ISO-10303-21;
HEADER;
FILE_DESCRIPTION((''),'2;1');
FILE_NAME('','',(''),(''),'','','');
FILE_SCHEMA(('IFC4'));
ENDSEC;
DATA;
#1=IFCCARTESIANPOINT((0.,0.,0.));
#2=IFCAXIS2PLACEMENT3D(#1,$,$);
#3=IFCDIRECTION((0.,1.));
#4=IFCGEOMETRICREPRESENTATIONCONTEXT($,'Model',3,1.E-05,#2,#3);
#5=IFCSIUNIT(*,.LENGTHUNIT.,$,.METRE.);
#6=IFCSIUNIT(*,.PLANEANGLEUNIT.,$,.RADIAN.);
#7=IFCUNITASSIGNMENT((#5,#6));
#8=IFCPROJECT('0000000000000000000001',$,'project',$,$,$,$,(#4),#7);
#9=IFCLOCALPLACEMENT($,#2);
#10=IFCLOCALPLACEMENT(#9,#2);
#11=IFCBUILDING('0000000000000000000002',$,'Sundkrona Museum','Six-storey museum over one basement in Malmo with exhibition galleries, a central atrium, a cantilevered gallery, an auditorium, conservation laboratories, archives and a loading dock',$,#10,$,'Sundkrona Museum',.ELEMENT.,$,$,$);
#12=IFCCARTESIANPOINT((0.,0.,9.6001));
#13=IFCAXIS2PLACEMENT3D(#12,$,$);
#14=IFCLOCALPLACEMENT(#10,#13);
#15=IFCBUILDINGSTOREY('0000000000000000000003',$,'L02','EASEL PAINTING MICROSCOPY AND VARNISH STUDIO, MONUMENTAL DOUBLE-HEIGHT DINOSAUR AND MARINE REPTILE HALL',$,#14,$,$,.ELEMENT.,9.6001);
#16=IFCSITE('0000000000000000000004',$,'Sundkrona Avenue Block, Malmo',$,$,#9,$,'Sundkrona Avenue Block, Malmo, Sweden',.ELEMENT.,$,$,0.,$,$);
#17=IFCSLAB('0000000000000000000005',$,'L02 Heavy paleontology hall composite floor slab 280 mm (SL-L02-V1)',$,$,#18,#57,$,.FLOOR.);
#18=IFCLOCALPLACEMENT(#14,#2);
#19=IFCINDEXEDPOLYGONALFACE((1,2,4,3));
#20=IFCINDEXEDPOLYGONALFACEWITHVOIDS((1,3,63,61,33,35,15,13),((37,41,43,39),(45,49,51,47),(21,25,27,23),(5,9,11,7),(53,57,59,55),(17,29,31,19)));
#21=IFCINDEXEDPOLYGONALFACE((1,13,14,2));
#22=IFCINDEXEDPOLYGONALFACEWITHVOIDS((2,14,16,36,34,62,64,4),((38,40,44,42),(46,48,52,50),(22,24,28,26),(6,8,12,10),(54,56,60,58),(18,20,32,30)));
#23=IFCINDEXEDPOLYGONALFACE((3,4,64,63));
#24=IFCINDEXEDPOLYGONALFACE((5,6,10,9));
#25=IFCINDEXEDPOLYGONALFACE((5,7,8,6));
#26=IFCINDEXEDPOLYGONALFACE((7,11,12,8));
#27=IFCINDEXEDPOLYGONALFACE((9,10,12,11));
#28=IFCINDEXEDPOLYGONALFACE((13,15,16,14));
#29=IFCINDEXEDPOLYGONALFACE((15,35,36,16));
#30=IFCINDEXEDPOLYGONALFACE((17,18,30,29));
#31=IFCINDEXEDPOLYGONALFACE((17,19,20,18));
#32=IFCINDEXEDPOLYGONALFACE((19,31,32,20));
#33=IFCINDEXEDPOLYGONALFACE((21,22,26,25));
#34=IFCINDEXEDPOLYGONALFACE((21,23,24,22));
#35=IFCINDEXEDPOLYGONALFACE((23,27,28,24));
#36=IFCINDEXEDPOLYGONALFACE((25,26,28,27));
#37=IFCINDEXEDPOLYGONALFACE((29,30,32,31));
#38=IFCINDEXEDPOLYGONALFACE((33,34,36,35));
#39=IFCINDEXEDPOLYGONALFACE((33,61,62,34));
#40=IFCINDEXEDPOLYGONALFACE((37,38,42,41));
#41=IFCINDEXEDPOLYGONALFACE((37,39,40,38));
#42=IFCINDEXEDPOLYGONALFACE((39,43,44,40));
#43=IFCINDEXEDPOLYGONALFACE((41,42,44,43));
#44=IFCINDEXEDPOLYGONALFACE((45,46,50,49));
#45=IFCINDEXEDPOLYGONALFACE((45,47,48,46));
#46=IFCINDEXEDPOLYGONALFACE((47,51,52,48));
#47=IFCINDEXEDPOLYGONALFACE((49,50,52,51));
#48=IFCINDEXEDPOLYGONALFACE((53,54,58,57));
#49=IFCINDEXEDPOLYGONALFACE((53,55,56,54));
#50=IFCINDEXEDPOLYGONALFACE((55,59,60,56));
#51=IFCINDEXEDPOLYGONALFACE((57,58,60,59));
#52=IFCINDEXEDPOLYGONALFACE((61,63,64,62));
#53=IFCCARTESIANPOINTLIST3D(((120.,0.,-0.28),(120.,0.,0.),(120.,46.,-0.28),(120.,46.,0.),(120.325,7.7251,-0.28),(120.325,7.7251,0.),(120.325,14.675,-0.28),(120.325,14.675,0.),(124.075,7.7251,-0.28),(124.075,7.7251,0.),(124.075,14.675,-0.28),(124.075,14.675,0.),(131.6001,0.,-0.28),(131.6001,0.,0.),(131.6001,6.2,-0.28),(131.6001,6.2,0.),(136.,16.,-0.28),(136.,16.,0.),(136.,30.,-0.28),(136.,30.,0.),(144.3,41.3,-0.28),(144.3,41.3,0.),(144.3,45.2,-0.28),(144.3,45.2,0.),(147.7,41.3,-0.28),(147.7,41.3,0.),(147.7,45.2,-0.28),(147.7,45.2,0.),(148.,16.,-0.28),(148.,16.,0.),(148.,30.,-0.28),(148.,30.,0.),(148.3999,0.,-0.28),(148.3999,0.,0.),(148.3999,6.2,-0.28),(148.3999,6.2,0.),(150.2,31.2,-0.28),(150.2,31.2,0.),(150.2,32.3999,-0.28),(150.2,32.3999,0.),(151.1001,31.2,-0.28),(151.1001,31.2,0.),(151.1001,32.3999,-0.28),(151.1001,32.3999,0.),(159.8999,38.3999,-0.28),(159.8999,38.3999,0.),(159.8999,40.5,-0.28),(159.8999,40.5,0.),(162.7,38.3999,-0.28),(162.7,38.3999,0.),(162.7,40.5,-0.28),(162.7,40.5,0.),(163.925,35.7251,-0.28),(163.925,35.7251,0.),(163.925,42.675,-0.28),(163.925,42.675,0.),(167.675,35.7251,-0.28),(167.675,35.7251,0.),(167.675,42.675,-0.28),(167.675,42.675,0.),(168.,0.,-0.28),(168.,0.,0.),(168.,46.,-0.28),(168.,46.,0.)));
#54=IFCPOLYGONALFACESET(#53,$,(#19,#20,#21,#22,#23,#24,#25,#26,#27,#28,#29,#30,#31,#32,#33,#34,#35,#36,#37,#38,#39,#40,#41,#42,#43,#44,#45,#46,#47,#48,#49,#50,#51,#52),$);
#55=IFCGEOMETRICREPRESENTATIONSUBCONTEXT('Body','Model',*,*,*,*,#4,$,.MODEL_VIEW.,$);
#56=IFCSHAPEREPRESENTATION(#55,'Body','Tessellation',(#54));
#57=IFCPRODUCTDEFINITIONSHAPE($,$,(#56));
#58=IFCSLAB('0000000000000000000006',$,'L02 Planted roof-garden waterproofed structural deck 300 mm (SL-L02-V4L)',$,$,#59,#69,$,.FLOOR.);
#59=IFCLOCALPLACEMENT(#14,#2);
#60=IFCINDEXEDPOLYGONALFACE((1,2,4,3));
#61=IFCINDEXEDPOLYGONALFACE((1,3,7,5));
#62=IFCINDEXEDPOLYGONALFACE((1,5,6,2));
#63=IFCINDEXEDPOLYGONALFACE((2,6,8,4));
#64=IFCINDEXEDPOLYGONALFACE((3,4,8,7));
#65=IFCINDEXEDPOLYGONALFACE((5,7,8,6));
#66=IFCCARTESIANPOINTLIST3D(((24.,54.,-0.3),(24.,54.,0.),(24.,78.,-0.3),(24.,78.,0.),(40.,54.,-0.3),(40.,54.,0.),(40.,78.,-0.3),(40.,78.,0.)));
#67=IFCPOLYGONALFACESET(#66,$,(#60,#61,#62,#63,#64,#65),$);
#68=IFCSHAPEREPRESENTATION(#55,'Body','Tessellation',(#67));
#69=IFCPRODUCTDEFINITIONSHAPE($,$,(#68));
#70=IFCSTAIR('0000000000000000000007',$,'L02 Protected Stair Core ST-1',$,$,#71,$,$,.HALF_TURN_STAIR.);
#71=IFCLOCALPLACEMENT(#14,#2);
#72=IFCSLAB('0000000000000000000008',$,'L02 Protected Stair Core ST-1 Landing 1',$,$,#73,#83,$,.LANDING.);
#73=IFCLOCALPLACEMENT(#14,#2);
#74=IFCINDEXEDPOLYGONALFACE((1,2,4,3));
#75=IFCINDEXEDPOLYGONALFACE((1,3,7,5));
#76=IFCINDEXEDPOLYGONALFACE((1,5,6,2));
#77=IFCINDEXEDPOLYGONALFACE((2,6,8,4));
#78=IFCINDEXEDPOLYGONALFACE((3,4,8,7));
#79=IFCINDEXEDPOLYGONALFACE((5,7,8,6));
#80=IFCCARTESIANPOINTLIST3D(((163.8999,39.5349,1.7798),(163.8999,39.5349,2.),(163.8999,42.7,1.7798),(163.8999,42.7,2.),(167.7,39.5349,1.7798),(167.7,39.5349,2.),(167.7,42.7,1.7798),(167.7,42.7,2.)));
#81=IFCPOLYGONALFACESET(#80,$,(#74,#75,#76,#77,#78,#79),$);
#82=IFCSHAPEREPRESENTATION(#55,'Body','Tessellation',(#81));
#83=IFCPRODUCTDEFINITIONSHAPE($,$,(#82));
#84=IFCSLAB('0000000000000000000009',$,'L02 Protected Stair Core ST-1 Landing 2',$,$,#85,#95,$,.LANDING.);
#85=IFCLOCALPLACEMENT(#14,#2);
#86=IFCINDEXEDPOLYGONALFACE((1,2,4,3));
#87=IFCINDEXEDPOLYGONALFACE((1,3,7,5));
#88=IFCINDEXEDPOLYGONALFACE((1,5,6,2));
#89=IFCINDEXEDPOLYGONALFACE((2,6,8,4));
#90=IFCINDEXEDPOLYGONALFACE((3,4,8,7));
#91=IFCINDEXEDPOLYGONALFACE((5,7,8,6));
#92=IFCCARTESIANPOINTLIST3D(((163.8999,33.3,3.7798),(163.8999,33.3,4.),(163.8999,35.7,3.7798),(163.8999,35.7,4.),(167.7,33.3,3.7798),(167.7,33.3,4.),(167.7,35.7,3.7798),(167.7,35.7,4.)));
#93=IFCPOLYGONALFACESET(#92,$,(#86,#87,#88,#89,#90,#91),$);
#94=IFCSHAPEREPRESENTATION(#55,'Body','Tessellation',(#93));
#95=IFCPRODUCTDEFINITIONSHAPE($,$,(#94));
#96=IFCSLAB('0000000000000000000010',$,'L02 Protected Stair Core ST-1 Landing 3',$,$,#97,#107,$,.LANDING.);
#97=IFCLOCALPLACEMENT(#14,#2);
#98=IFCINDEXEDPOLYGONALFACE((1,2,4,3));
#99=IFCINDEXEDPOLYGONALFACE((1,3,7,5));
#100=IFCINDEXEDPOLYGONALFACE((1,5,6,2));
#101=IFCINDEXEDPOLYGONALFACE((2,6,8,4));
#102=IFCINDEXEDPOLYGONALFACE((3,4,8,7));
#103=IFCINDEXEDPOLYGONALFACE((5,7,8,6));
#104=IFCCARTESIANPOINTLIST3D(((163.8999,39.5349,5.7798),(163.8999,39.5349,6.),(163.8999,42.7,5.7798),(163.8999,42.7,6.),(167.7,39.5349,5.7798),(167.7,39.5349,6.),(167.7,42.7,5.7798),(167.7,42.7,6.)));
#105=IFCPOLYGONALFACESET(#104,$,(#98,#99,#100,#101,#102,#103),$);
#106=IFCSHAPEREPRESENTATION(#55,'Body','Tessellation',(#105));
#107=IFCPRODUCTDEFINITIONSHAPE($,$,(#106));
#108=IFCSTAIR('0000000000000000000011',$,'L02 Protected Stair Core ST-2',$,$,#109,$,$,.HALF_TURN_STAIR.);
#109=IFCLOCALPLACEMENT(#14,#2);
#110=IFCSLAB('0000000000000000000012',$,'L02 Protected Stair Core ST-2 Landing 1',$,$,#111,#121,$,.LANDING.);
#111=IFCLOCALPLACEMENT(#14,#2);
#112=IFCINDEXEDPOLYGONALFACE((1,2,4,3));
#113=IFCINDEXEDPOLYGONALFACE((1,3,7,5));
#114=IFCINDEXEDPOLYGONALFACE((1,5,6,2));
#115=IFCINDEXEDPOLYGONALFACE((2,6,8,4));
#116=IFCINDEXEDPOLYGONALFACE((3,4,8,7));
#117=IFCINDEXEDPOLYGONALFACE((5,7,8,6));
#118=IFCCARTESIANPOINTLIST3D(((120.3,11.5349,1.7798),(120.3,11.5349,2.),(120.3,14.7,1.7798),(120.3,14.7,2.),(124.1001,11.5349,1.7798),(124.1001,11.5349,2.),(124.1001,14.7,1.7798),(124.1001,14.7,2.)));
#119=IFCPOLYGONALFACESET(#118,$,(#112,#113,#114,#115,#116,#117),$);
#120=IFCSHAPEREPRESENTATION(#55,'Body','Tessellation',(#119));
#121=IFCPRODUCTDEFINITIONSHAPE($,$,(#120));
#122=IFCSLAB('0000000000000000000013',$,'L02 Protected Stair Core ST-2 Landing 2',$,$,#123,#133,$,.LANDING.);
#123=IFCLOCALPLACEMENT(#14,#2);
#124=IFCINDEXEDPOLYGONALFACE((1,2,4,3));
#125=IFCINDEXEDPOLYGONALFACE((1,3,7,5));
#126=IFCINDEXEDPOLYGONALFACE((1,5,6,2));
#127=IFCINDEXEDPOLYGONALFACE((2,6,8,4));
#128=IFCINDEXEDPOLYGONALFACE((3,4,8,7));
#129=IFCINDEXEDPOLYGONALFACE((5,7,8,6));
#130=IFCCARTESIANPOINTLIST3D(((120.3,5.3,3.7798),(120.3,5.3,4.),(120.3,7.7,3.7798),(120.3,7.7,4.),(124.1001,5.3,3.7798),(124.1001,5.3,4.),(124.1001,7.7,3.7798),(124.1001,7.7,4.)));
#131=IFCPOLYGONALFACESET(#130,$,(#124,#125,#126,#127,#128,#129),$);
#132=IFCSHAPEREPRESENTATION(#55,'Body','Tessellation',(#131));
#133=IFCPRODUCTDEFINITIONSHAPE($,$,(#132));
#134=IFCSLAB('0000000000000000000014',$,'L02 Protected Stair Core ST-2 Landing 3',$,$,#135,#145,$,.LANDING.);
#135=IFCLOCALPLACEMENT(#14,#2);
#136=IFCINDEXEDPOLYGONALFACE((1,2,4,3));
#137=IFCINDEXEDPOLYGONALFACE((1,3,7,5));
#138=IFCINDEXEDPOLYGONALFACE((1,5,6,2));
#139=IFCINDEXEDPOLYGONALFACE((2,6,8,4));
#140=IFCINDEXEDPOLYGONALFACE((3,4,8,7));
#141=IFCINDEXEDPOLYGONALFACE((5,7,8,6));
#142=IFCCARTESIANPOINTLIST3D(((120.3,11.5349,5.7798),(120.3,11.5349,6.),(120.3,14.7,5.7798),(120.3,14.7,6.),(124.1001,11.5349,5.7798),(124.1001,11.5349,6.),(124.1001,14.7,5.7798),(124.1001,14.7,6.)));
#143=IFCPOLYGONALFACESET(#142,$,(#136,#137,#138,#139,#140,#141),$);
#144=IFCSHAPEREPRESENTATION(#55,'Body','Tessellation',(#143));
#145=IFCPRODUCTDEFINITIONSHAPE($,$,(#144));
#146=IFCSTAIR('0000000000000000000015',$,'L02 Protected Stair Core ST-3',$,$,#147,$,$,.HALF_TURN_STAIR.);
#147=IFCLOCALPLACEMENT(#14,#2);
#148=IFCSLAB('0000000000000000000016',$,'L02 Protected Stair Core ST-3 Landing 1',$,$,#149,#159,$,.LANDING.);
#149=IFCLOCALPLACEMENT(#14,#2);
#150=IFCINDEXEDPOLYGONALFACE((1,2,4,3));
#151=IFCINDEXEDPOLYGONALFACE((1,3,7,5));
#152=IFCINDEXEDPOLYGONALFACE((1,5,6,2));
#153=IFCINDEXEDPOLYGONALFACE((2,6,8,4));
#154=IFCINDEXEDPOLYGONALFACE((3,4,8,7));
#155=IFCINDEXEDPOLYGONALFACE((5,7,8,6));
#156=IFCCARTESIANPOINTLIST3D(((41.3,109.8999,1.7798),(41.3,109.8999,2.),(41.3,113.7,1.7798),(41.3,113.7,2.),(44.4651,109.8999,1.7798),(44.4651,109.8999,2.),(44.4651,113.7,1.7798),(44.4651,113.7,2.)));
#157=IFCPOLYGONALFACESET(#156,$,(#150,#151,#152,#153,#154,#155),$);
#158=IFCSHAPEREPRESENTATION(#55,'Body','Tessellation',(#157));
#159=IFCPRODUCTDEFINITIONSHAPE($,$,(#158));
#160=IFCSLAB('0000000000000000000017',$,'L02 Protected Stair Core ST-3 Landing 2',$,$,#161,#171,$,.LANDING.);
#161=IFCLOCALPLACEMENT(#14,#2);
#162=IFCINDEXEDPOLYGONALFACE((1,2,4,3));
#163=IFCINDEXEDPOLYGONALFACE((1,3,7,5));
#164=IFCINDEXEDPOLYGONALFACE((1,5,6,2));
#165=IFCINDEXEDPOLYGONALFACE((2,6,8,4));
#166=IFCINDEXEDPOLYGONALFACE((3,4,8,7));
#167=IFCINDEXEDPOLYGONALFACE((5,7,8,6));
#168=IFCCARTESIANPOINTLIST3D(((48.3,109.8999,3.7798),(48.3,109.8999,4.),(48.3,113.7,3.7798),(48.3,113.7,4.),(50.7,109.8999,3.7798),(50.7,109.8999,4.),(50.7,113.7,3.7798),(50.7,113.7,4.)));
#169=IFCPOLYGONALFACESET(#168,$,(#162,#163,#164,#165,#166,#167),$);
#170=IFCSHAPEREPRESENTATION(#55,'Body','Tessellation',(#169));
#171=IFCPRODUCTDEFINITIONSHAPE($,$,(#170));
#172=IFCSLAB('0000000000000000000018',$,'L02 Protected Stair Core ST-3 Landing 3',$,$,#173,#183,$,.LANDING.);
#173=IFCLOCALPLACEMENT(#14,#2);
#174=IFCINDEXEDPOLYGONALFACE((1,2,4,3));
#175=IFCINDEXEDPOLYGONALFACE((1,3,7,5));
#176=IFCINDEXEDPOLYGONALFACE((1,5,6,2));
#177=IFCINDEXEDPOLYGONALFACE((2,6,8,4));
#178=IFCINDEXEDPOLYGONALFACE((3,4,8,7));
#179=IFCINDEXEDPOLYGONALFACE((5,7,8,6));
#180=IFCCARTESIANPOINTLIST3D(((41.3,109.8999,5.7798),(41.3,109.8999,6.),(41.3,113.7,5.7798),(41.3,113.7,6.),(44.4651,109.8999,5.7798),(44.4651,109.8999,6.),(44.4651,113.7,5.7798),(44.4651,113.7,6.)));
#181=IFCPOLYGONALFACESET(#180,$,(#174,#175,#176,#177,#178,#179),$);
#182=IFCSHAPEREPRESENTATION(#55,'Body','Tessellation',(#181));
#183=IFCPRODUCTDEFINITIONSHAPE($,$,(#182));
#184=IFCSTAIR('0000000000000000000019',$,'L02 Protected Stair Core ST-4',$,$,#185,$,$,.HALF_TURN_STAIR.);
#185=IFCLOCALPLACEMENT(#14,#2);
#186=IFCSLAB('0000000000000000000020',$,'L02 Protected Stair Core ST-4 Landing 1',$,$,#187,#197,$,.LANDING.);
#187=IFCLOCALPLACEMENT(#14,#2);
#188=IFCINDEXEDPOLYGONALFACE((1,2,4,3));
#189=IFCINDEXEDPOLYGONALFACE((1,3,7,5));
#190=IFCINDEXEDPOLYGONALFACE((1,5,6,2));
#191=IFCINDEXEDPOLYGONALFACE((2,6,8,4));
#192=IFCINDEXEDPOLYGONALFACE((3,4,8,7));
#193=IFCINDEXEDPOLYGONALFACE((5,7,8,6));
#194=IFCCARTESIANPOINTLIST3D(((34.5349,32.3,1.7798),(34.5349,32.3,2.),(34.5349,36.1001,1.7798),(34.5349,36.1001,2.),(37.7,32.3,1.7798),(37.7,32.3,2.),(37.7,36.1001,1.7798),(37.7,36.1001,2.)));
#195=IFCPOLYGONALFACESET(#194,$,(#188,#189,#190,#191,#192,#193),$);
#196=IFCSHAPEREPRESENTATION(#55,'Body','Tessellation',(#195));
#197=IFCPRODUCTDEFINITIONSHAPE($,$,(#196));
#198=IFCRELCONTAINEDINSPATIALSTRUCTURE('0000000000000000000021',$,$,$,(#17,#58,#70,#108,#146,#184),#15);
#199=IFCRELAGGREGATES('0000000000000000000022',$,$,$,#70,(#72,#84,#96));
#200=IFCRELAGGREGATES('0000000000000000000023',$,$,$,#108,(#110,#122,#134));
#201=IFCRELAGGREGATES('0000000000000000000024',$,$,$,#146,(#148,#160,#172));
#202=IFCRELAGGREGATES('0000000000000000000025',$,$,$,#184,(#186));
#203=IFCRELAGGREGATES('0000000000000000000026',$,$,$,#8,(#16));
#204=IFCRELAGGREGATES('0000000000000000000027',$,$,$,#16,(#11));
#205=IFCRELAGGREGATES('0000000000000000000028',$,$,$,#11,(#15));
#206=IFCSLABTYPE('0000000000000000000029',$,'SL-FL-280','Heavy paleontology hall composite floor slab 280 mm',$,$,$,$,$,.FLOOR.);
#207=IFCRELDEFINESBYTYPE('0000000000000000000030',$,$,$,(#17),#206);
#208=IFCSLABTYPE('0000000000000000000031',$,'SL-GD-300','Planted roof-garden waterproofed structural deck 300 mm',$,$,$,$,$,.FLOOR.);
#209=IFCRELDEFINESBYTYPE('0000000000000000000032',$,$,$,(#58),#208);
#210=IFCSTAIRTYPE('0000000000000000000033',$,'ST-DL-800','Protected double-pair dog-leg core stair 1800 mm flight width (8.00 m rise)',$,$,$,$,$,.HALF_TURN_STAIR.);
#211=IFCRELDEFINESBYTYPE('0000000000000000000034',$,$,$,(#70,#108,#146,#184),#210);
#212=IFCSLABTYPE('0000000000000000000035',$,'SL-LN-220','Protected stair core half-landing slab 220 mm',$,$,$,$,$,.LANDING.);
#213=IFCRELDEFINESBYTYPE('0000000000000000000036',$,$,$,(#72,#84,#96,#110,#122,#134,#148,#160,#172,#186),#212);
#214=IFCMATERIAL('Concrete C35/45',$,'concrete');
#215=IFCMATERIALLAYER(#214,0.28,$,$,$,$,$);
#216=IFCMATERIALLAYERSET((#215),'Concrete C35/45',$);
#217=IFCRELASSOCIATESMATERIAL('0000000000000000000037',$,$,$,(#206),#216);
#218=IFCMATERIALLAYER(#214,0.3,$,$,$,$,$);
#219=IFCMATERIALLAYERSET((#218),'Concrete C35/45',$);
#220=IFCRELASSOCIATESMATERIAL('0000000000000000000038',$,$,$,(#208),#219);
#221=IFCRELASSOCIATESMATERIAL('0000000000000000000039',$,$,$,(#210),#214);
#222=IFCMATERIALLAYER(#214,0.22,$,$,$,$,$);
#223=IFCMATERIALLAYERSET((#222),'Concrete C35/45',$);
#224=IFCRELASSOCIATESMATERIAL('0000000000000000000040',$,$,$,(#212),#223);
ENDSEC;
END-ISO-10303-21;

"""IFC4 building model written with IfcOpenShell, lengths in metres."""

from ifc_helpers import new_model, si_unit, direction, frame, origin, place, context, subcontext, project, spatial, polyline, outline, extrude, material, layer, layer_set, type_object, element, aggregate, save


model = new_model("IFC4")

# Units and contexts
model_context = context("Model", 3, precision=1e-05, world=origin(), true_north=direction((0.0, 1.0)))
body_context = subcontext(model_context, "Body", "Model", "MODEL_VIEW")
ifc_project = project(units=[si_unit("LENGTHUNIT", "METRE"), si_unit("PLANEANGLEUNIT", "RADIAN")], contexts=[model_context])

# Site, building, storey
site_placement = place(None, origin())
site = spatial("IfcSite", under=ifc_project, at=site_placement, Name="Sundkrona Avenue Block, Malmo", LongName="Sundkrona Avenue Block, Malmo, Sweden", CompositionType="ELEMENT", RefElevation=0.0)
building_placement = place(site_placement, origin())
building = spatial("IfcBuilding", under=site, at=building_placement, Name="Sundkrona Museum", Description="Six-storey museum over one basement in Malmo with exhibition galleries, a central atrium, a cantilevered gallery, an auditorium, conservation laboratories, archives and a loading dock", LongName="Sundkrona Museum", CompositionType="ELEMENT")
storey_placement = place(building_placement, frame((0.0, 0.0, 9.6001)))
storey = spatial("IfcBuildingStorey", under=building, at=storey_placement, Name="L02", Description="EASEL PAINTING MICROSCOPY AND VARNISH STUDIO, MONUMENTAL DOUBLE-HEIGHT DINOSAUR AND MARINE REPTILE HALL", CompositionType="ELEMENT", Elevation=9.6001)

# Slabs
ifc_material = material(Name="Concrete C35/45", Category="concrete")
ifc_layer_1 = layer(ifc_material, 0.28)
ifc_layer_set_1 = layer_set([ifc_layer_1], Name="Concrete C35/45")
slab_type_1 = type_object("IfcSlabType", Name="SL-FL-280", Description="Heavy paleontology hall composite floor slab 280 mm", PredefinedType="FLOOR", material=ifc_layer_set_1)
slab_1_placement = place(storey_placement, frame((0.0, 0.0, -0.28)))
element("IfcSlab", 1, at=slab_1_placement, inside=storey, type_object=slab_type_1, Name="L02 Heavy paleontology hall composite floor slab 280 mm (SL-L02-V1)", PredefinedType="FLOOR", context=body_context, shape_type="SweptSolid", body=[
    extrude(outline(polyline([(120.0, 0.0), (131.6001, 0.0), (131.6001, 6.2), (148.3999, 6.2), (148.3999, 0.0), (168.0, 0.0), (168.0, 46.0), (120.0, 46.0), (120.0, 0.0)]), holes=[polyline([(167.675, 42.675), (167.675, 35.7251), (163.925, 35.7251), (163.925, 42.675), (167.675, 42.675)]), polyline([(159.8999, 40.5), (162.7, 40.5), (162.7, 38.3999), (159.8999, 38.3999), (159.8999, 40.5)]), polyline([(150.2, 32.3999), (151.1001, 32.3999), (151.1001, 31.2), (150.2, 31.2), (150.2, 32.3999)]), polyline([(136.0, 30.0), (148.0, 30.0), (148.0, 16.0), (136.0, 16.0), (136.0, 30.0)]), polyline([(144.3, 45.2), (147.7, 45.2), (147.7, 41.3), (144.3, 41.3), (144.3, 45.2)]), polyline([(124.075, 14.675), (124.075, 7.7251), (120.325, 7.7251), (120.325, 14.675), (124.075, 14.675)])]), origin(), (0.0, 0.0, 1.0), 0.28),
])
ifc_layer_2 = layer(ifc_material, 0.3)
ifc_layer_set_2 = layer_set([ifc_layer_2], Name="Concrete C35/45")
slab_type_2 = type_object("IfcSlabType", Name="SL-GD-300", Description="Planted roof-garden waterproofed structural deck 300 mm", PredefinedType="FLOOR", material=ifc_layer_set_2)
slab_2_placement = place(storey_placement, frame((0.0, 0.0, -0.3)))
element("IfcSlab", 2, at=slab_2_placement, inside=storey, type_object=slab_type_2, Name="L02 Planted roof-garden waterproofed structural deck 300 mm (SL-L02-V4L)", PredefinedType="FLOOR", context=body_context, shape_type="SweptSolid", body=[
    extrude(outline(polyline([(24.0, 54.0), (40.0, 54.0), (40.0, 78.0), (24.0, 78.0), (24.0, 54.0)])), origin(), (0.0, 0.0, 1.0), 0.3),
])

# Stairs, slabs
stair_type = type_object("IfcStairType", Name="ST-DL-800", Description="Protected double-pair dog-leg core stair 1800 mm flight width (8.00 m rise)", PredefinedType="HALF_TURN_STAIR", material=ifc_material)
stair_1_placement = place(storey_placement, origin())
stair_1 = element("IfcStair", 3, at=stair_1_placement, inside=storey, type_object=stair_type, Name="L02 Protected Stair Core ST-1", PredefinedType="HALF_TURN_STAIR")
ifc_layer_3 = layer(ifc_material, 0.22)
ifc_layer_set_3 = layer_set([ifc_layer_3], Name="Concrete C35/45")
slab_type_3 = type_object("IfcSlabType", Name="SL-LN-220", Description="Protected stair core half-landing slab 220 mm", PredefinedType="LANDING", material=ifc_layer_set_3)
slab_3_placement = place(storey_placement, frame((0.0, 0.0, 1.7798)))
slab_3 = element("IfcSlab", 4, at=slab_3_placement, type_object=slab_type_3, Name="L02 Protected Stair Core ST-1 Landing 1", PredefinedType="LANDING", context=body_context, shape_type="SweptSolid", body=[
    extrude(outline(polyline([(167.7, 39.5349), (167.7, 42.7), (163.8999, 42.7), (163.8999, 39.5349), (167.7, 39.5349)])), origin(), (0.0, 0.0, 1.0), 0.2202),
])
slab_4_placement = place(storey_placement, frame((0.0, 0.0, 3.7798)))
slab_4 = element("IfcSlab", 5, at=slab_4_placement, type_object=slab_type_3, Name="L02 Protected Stair Core ST-1 Landing 2", PredefinedType="LANDING", context=body_context, shape_type="SweptSolid", body=[
    extrude(outline(polyline([(167.7, 33.3), (167.7, 35.7), (163.8999, 35.7), (163.8999, 33.3), (167.7, 33.3)])), origin(), (0.0, 0.0, 1.0), 0.2202),
])
slab_5_placement = place(storey_placement, frame((0.0, 0.0, 5.7798)))
slab_5 = element("IfcSlab", 6, at=slab_5_placement, type_object=slab_type_3, Name="L02 Protected Stair Core ST-1 Landing 3", PredefinedType="LANDING", context=body_context, shape_type="SweptSolid", body=[
    extrude(outline(polyline([(167.7, 39.5349), (167.7, 42.7), (163.8999, 42.7), (163.8999, 39.5349), (167.7, 39.5349)])), origin(), (0.0, 0.0, 1.0), 0.2202),
])
aggregate(stair_1, [slab_3, slab_4, slab_5])
stair_2_placement = place(storey_placement, origin())
stair_2 = element("IfcStair", 7, at=stair_2_placement, inside=storey, type_object=stair_type, Name="L02 Protected Stair Core ST-2", PredefinedType="HALF_TURN_STAIR")
slab_6_placement = place(storey_placement, frame((0.0, 0.0, 1.7798)))
slab_6 = element("IfcSlab", 8, at=slab_6_placement, type_object=slab_type_3, Name="L02 Protected Stair Core ST-2 Landing 1", PredefinedType="LANDING", context=body_context, shape_type="SweptSolid", body=[
    extrude(outline(polyline([(124.1001, 11.5349), (124.1001, 14.7), (120.3, 14.7), (120.3, 11.5349), (124.1001, 11.5349)])), origin(), (0.0, 0.0, 1.0), 0.2202),
])
slab_7_placement = place(storey_placement, frame((0.0, 0.0, 3.7798)))
slab_7 = element("IfcSlab", 9, at=slab_7_placement, type_object=slab_type_3, Name="L02 Protected Stair Core ST-2 Landing 2", PredefinedType="LANDING", context=body_context, shape_type="SweptSolid", body=[
    extrude(outline(polyline([(124.1001, 5.3), (124.1001, 7.7), (120.3, 7.7), (120.3, 5.3), (124.1001, 5.3)])), origin(), (0.0, 0.0, 1.0), 0.2202),
])
slab_8_placement = place(storey_placement, frame((0.0, 0.0, 5.7798)))
slab_8 = element("IfcSlab", 10, at=slab_8_placement, type_object=slab_type_3, Name="L02 Protected Stair Core ST-2 Landing 3", PredefinedType="LANDING", context=body_context, shape_type="SweptSolid", body=[
    extrude(outline(polyline([(124.1001, 11.5349), (124.1001, 14.7), (120.3, 14.7), (120.3, 11.5349), (124.1001, 11.5349)])), origin(), (0.0, 0.0, 1.0), 0.2202),
])
aggregate(stair_2, [slab_6, slab_7, slab_8])
stair_3_placement = place(storey_placement, origin())
stair_3 = element("IfcStair", 11, at=stair_3_placement, inside=storey, type_object=stair_type, Name="L02 Protected Stair Core ST-3", PredefinedType="HALF_TURN_STAIR")
slab_9_placement = place(storey_placement, frame((0.0, 0.0, 1.7798)))
slab_9 = element("IfcSlab", 12, at=slab_9_placement, type_object=slab_type_3, Name="L02 Protected Stair Core ST-3 Landing 1", PredefinedType="LANDING", context=body_context, shape_type="SweptSolid", body=[
    extrude(outline(polyline([(44.4651, 113.7), (41.3, 113.7), (41.3, 109.8999), (44.4651, 109.8999), (44.4651, 113.7)])), origin(), (0.0, 0.0, 1.0), 0.2202),
])
slab_10_placement = place(storey_placement, frame((0.0, 0.0, 3.7798)))
slab_10 = element("IfcSlab", 13, at=slab_10_placement, type_object=slab_type_3, Name="L02 Protected Stair Core ST-3 Landing 2", PredefinedType="LANDING", context=body_context, shape_type="SweptSolid", body=[
    extrude(outline(polyline([(50.7, 113.7), (48.3, 113.7), (48.3, 109.8999), (50.7, 109.8999), (50.7, 113.7)])), origin(), (0.0, 0.0, 1.0), 0.2202),
])
slab_11_placement = place(storey_placement, frame((0.0, 0.0, 5.7798)))
slab_11 = element("IfcSlab", 14, at=slab_11_placement, type_object=slab_type_3, Name="L02 Protected Stair Core ST-3 Landing 3", PredefinedType="LANDING", context=body_context, shape_type="SweptSolid", body=[
    extrude(outline(polyline([(44.4651, 113.7), (41.3, 113.7), (41.3, 109.8999), (44.4651, 109.8999), (44.4651, 113.7)])), origin(), (0.0, 0.0, 1.0), 0.2202),
])
aggregate(stair_3, [slab_9, slab_10, slab_11])
stair_4_placement = place(storey_placement, origin())
stair_4 = element("IfcStair", 15, at=stair_4_placement, inside=storey, type_object=stair_type, Name="L02 Protected Stair Core ST-4", PredefinedType="HALF_TURN_STAIR")
slab_12_placement = place(storey_placement, frame((0.0, 0.0, 1.7798)))
slab_12 = element("IfcSlab", 16, at=slab_12_placement, type_object=slab_type_3, Name="L02 Protected Stair Core ST-4 Landing 1", PredefinedType="LANDING", context=body_context, shape_type="SweptSolid", body=[
    extrude(outline(polyline([(34.5349, 32.3), (37.7, 32.3), (37.7, 36.1001), (34.5349, 36.1001), (34.5349, 32.3)])), origin(), (0.0, 0.0, 1.0), 0.2202),
])
aggregate(stair_4, [slab_12])

save(model, "model.ifc")
